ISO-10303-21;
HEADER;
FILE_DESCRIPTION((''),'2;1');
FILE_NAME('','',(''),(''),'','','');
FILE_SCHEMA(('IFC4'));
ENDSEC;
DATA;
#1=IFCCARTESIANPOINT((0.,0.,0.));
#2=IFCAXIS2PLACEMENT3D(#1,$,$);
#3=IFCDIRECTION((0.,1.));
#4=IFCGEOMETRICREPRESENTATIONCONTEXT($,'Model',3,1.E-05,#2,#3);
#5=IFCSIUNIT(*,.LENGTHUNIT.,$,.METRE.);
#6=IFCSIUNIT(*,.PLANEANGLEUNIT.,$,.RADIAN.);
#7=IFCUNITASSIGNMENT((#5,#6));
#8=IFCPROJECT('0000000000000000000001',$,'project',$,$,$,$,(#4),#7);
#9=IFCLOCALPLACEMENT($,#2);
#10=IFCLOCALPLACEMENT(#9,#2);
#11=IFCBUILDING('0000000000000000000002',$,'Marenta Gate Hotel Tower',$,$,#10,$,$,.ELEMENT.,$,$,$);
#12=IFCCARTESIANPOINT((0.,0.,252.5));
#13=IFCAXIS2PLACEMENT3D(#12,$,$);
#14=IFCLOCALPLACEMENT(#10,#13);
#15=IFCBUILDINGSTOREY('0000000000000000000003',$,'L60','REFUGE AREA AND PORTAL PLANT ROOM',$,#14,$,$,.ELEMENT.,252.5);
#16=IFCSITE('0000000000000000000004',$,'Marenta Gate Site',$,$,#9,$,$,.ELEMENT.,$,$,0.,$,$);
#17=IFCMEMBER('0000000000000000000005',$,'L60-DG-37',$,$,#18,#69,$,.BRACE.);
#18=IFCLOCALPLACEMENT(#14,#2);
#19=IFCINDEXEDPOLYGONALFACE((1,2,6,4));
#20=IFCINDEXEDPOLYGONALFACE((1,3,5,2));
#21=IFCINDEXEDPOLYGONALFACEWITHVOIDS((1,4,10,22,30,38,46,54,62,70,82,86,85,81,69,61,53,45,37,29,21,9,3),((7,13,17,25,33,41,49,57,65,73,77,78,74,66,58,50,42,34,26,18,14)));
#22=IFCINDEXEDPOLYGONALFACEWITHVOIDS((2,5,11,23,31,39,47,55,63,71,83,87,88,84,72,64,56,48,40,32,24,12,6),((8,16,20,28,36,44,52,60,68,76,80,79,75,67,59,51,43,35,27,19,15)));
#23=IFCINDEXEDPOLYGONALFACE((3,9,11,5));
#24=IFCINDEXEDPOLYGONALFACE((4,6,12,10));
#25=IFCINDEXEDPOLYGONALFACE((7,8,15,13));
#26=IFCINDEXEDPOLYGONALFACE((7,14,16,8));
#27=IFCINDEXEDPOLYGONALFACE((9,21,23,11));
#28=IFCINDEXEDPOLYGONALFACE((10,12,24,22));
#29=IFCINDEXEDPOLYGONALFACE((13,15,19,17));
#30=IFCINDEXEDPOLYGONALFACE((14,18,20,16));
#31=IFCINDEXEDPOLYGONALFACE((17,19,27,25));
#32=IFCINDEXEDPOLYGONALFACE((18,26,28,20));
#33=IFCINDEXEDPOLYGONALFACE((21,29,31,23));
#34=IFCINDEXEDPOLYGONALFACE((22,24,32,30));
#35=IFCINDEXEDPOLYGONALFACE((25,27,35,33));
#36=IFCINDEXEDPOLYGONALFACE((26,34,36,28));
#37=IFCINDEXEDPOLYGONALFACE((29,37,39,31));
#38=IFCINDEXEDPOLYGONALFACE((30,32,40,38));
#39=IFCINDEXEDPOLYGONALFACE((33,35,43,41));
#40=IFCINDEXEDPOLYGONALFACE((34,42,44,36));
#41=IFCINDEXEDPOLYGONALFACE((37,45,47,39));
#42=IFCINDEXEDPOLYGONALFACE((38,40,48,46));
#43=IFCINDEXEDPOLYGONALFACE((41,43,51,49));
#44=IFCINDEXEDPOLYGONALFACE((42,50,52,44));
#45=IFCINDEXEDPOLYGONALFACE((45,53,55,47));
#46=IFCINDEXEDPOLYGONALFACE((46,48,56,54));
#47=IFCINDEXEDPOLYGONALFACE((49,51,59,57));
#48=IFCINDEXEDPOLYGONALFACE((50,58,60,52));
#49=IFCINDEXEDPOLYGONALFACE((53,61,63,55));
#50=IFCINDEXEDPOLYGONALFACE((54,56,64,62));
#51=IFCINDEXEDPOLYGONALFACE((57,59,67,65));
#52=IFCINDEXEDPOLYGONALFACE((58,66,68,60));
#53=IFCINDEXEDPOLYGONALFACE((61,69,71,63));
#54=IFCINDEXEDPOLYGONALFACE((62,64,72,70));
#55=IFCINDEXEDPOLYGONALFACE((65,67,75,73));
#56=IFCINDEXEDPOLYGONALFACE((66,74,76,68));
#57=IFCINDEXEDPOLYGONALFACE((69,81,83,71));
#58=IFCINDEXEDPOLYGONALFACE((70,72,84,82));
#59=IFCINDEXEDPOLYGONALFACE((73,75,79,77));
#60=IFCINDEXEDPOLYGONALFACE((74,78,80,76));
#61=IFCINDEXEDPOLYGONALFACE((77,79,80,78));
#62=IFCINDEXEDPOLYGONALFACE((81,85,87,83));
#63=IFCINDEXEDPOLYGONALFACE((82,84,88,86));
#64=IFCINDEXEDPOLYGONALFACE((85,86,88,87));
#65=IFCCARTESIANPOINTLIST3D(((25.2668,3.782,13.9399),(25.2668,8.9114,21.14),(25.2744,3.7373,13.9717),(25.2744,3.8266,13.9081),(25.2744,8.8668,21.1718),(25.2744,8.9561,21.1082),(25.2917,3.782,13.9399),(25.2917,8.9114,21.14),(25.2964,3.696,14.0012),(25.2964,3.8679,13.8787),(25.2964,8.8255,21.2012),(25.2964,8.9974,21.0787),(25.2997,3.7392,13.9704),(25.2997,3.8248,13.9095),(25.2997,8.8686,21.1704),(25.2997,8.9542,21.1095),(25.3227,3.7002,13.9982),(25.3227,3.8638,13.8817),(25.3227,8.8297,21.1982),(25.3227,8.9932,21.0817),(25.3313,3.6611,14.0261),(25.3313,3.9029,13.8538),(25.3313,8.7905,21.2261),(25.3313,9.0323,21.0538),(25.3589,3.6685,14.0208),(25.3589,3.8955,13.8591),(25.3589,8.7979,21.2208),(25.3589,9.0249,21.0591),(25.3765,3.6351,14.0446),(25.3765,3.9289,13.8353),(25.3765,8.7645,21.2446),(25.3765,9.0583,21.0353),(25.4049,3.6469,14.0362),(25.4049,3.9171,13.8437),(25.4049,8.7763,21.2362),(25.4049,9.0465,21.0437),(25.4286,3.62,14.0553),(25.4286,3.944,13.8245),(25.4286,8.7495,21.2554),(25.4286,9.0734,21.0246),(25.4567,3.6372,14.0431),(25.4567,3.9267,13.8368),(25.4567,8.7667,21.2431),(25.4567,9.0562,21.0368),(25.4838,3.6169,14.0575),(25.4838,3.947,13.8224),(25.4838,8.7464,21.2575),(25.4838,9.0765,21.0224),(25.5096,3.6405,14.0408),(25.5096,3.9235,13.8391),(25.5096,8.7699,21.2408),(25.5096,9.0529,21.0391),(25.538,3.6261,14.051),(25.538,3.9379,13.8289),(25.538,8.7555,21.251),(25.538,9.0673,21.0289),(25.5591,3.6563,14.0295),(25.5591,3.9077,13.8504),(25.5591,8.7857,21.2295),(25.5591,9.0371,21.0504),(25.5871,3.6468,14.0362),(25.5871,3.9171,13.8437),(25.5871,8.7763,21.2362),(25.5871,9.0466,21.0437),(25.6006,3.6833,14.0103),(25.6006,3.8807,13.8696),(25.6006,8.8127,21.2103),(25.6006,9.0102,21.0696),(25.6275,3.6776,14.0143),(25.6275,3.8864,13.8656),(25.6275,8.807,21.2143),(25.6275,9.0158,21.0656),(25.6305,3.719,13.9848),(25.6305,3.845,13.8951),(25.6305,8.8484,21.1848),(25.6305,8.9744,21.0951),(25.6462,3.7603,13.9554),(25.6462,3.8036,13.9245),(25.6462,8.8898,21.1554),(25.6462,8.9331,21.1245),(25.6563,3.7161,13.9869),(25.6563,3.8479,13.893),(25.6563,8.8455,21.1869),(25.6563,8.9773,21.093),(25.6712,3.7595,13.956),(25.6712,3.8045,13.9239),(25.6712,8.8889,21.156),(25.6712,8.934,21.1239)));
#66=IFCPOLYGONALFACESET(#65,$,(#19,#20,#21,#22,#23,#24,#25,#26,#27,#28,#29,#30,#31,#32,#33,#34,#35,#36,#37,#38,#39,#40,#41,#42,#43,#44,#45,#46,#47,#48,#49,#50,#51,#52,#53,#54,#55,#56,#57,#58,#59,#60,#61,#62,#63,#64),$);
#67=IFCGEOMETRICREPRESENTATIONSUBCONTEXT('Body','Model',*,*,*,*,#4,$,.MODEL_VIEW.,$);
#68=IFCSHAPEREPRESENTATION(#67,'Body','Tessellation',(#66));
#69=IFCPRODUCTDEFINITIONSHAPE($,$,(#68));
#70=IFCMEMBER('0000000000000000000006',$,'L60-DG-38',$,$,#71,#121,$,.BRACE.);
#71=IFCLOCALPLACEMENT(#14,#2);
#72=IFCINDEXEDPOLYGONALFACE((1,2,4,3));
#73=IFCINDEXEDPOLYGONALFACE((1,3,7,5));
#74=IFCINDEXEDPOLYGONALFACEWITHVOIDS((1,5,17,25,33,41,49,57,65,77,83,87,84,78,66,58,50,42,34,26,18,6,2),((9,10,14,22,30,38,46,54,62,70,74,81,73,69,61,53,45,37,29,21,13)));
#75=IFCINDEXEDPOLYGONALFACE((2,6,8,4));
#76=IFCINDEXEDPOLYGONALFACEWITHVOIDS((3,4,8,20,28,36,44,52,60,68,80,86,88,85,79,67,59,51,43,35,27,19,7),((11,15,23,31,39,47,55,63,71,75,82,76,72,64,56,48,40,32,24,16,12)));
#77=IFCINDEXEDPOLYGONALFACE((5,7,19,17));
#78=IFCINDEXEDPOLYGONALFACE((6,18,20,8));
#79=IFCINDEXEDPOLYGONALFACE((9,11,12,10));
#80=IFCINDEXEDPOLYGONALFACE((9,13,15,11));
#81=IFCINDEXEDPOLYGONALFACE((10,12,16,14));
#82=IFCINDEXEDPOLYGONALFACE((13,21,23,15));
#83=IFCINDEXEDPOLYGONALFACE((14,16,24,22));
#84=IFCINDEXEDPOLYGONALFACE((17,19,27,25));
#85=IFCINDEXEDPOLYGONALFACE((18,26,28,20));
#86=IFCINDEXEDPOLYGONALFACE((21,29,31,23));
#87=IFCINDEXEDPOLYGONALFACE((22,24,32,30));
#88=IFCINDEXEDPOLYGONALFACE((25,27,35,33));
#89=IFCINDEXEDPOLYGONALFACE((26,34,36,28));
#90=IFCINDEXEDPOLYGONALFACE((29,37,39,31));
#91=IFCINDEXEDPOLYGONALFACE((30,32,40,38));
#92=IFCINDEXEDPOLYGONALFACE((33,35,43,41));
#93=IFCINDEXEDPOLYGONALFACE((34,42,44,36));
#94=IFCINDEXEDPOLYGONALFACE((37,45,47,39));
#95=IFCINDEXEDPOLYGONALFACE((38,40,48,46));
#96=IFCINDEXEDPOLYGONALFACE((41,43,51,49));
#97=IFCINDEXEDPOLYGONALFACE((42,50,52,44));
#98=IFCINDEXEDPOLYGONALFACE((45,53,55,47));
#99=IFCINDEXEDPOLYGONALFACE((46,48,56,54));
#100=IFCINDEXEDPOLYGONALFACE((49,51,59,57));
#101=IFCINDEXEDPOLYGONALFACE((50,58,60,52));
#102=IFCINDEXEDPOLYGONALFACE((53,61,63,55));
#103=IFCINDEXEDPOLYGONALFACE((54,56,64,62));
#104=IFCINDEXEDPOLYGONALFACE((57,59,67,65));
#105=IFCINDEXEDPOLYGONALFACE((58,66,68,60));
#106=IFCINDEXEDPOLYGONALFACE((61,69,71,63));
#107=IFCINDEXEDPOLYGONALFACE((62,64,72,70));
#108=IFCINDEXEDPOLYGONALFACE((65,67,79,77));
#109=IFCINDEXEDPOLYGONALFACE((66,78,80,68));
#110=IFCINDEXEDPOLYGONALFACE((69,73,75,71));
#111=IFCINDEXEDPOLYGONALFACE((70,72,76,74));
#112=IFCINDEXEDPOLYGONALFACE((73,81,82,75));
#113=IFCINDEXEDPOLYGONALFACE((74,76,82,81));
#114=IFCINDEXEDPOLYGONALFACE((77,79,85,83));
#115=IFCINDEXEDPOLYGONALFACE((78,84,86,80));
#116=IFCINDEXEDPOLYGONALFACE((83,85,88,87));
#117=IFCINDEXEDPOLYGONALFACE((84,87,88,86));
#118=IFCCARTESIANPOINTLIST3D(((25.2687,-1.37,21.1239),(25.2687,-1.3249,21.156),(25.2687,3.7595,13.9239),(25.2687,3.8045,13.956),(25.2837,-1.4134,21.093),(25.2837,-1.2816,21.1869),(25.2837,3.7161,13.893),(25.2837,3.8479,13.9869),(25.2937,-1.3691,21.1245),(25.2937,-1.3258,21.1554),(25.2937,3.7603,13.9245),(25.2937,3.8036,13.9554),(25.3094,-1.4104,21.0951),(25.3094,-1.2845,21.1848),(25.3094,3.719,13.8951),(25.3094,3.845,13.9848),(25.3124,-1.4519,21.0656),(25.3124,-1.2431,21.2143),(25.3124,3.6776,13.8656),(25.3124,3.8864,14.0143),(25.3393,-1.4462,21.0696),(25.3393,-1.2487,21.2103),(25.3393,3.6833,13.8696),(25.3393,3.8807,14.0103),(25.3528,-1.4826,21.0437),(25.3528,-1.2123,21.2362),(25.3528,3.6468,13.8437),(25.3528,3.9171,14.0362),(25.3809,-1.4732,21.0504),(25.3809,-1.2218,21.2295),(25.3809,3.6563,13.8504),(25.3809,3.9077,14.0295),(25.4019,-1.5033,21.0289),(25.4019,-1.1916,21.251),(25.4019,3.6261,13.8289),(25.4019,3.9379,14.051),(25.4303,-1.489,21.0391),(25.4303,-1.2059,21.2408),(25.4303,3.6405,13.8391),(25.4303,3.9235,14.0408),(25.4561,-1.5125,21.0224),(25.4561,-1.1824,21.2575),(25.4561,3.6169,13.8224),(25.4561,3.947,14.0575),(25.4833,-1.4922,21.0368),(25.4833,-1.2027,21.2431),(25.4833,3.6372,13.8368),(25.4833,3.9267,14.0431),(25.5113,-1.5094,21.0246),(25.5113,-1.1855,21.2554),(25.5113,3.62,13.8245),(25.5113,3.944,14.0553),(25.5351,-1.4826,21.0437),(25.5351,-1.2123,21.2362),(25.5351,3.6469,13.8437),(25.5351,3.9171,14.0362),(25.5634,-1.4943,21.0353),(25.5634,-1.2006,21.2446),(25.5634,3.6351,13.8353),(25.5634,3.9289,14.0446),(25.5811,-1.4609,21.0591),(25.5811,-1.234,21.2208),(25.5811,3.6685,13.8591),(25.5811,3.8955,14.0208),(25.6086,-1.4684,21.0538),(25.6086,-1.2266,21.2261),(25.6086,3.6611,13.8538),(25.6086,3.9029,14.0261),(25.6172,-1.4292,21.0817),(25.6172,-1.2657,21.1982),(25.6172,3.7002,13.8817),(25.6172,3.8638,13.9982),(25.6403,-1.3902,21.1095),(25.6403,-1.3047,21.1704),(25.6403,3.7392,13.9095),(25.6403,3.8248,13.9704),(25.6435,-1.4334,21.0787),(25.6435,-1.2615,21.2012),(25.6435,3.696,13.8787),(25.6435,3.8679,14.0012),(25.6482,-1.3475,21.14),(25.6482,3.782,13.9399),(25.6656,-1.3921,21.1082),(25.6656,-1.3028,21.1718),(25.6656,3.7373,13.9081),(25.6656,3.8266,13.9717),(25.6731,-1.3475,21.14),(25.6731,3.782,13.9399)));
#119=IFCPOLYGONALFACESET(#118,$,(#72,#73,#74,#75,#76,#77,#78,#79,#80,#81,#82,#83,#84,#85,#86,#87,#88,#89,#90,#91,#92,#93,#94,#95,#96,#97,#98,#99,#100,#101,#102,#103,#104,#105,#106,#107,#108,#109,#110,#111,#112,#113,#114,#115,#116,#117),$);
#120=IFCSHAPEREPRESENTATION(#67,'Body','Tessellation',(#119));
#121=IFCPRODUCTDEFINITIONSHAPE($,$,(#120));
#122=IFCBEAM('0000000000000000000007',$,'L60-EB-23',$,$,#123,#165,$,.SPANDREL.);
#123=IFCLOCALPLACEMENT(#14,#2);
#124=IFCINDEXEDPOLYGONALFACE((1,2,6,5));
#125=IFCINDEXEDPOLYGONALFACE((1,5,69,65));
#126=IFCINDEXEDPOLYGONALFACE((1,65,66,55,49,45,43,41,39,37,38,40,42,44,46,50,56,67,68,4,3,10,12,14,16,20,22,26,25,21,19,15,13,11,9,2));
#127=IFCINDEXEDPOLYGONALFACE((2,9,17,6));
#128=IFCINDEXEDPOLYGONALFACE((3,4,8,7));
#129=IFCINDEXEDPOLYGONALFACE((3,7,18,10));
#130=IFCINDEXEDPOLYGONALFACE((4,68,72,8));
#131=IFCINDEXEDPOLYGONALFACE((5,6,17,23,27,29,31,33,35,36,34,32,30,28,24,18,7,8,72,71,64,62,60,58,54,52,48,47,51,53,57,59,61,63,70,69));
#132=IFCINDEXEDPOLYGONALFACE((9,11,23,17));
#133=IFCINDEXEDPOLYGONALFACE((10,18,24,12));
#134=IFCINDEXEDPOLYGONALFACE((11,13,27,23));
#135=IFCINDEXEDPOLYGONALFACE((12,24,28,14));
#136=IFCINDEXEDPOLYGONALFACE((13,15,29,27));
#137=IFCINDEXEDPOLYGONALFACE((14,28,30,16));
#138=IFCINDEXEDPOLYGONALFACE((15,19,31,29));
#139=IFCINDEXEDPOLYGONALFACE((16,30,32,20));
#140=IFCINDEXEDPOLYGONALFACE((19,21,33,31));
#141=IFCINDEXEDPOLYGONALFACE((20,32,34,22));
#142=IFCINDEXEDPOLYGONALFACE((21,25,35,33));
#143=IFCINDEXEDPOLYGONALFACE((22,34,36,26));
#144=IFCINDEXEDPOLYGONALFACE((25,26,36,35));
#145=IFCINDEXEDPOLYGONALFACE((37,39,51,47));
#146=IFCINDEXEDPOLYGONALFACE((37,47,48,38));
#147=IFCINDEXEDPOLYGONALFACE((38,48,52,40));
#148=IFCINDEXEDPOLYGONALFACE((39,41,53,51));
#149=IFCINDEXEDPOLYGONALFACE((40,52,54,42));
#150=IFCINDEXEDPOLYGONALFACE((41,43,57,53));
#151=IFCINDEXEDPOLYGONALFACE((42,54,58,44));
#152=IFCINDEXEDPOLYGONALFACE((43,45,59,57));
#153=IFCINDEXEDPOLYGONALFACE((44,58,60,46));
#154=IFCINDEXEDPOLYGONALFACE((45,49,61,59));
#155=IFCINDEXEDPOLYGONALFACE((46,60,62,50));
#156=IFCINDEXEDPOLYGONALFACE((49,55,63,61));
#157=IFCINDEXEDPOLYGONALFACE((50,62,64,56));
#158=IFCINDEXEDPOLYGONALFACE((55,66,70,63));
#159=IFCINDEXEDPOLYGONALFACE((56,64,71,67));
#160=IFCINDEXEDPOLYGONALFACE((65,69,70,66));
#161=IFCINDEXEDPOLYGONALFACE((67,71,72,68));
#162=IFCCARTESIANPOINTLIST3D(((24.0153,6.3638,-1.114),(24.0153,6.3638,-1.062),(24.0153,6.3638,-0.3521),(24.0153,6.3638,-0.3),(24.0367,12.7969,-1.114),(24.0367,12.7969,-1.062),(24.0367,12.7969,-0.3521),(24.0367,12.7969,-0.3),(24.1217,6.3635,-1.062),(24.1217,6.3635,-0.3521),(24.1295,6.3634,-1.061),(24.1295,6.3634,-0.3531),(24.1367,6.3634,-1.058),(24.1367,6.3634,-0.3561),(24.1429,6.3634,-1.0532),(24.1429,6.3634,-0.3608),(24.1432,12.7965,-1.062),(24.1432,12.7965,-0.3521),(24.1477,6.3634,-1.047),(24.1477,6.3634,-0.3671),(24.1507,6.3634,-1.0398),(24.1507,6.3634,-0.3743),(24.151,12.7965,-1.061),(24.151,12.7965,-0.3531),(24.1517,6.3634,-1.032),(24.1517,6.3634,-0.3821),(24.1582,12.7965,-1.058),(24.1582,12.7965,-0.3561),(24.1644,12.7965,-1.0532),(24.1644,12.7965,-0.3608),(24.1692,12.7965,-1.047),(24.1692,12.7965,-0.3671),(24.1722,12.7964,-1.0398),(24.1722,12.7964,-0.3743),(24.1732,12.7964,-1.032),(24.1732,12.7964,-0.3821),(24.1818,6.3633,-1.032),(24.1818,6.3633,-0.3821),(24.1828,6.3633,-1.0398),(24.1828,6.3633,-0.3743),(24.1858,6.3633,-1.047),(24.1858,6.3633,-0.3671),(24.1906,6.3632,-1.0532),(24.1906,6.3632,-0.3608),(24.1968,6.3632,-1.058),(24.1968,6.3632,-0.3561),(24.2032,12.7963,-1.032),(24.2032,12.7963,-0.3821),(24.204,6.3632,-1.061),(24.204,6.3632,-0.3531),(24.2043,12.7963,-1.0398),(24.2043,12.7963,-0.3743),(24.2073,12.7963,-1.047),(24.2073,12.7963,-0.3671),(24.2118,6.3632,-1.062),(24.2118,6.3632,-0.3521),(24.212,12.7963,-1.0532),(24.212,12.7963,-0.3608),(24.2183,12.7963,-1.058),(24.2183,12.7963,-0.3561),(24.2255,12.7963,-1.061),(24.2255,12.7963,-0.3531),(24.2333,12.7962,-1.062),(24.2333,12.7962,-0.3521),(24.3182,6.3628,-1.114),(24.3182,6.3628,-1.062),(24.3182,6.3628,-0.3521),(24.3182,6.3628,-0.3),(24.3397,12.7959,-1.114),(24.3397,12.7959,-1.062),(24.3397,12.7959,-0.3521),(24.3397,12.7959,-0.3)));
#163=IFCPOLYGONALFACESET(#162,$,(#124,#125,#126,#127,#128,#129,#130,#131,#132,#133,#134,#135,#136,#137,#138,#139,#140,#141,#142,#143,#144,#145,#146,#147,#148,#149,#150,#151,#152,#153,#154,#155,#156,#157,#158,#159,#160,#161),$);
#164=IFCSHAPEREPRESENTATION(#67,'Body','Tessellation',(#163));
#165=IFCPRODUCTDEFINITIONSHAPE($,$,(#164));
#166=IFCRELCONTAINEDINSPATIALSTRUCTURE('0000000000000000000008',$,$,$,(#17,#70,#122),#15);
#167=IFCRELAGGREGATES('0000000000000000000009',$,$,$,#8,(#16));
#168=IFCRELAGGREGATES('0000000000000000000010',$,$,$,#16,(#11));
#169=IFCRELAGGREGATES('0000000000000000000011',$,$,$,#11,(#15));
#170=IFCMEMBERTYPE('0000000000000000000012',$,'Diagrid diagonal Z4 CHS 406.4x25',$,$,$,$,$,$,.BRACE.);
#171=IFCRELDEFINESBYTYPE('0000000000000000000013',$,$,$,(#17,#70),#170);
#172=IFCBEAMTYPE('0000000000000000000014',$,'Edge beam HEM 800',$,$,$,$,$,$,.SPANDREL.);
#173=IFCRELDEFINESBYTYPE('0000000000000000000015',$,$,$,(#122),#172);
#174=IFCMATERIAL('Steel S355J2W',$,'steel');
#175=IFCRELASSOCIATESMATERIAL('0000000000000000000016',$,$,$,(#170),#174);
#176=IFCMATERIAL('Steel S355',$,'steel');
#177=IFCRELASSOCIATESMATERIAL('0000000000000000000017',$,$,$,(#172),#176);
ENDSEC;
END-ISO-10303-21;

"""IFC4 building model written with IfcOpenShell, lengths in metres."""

from ifc_helpers import new_model, si_unit, direction, frame, origin, origin_2d, place, context, subcontext, project, spatial, hollow_circle, i_section, extrude, material, material_profile, profile_set, type_object, element, save


model = new_model("IFC4")

# Units and contexts
model_context = context("Model", 3, precision=1e-05, world=origin(), true_north=direction((0.0, 1.0)))
body_context = subcontext(model_context, "Body", "Model", "MODEL_VIEW")
ifc_project = project(units=[si_unit("LENGTHUNIT", "METRE"), si_unit("PLANEANGLEUNIT", "RADIAN")], contexts=[model_context])

# Site, building, storey
site_placement = place(None, origin())
site = spatial("IfcSite", under=ifc_project, at=site_placement, Name="Marenta Gate Site", CompositionType="ELEMENT", RefElevation=0.0)
building_placement = place(site_placement, origin())
building = spatial("IfcBuilding", under=site, at=building_placement, Name="Marenta Gate Hotel Tower", CompositionType="ELEMENT")
storey_placement = place(building_placement, frame((0.0, 0.0, 252.5)))
storey = spatial("IfcBuildingStorey", under=building, at=storey_placement, Name="L60", Description="REFUGE AREA AND PORTAL PLANT ROOM", CompositionType="ELEMENT", Elevation=252.5)

# Members
ifc_material_1 = material(Name="Steel S355J2W", Category="steel")
ifc_material_profile_1 = material_profile(ifc_material_1, hollow_circle(Radius=0.2031, WallThickness=0.0249, at=origin_2d()), Name="CHS 406.4x25")
ifc_profile_set_1 = profile_set([ifc_material_profile_1], Name="Steel S355J2W")
member_type_1 = type_object("IfcMemberType", Name="Diagrid diagonal Z4 CHS 406.4x25", PredefinedType="BRACE", material=ifc_profile_set_1)
for number, where, z_axis, x_axis, name in (
    (1, (25.47, 3.782, 13.9399), (0.0, 0.580232, 0.814451), (-1.0, 0.0, 0.0), "L60-DG-37"),
    (2, (25.47, 3.782, 13.9399), (0.0, -0.580232, 0.814451), (1.0, 0.0, 0.0), "L60-DG-38"),
):
    element("IfcMember", number, at=place(storey_placement, frame(where, z_axis=z_axis, x_axis=x_axis)), inside=storey, type_object=member_type_1, Name=name, PredefinedType="BRACE", context=body_context, shape_type="SweptSolid", body=[
        extrude(hollow_circle(Radius=0.2031, WallThickness=0.0249, at=origin_2d()), origin(), (0.0, 0.0, 1.0), 8.8403),
    ])

# Beam
ifc_material_2 = material(Name="Steel S355", Category="steel")
ifc_material_profile_2 = material_profile(ifc_material_2, i_section(OverallWidth=0.303, OverallDepth=0.814, WebThickness=0.03, FlangeThickness=0.052, FilletRadius=0.03, at=origin_2d()), Name="HEM 800")
ifc_profile_set_2 = profile_set([ifc_material_profile_2], Name="Steel S355")
beam_type_1 = type_object("IfcBeamType", Name="Edge beam HEM 800", PredefinedType="SPANDREL", material=ifc_profile_set_2)
beam_1_placement = place(storey_placement, frame((24.1882, 12.7964, -0.707), z_axis=(-0.00334, -0.999994, 0.0), x_axis=(0.999994, -0.00334, 0.0)))
element("IfcBeam", 3, at=beam_1_placement, inside=storey, type_object=beam_type_1, Name="L60-EB-23", PredefinedType="SPANDREL", context=body_context, shape_type="SweptSolid", body=[
    extrude(i_section(OverallWidth=0.303, OverallDepth=0.814, WebThickness=0.03, FlangeThickness=0.052, FilletRadius=0.03, at=origin_2d()), origin(), (0.0, 0.0, 1.0), 6.4331),
])

save(model, "model.ifc")
